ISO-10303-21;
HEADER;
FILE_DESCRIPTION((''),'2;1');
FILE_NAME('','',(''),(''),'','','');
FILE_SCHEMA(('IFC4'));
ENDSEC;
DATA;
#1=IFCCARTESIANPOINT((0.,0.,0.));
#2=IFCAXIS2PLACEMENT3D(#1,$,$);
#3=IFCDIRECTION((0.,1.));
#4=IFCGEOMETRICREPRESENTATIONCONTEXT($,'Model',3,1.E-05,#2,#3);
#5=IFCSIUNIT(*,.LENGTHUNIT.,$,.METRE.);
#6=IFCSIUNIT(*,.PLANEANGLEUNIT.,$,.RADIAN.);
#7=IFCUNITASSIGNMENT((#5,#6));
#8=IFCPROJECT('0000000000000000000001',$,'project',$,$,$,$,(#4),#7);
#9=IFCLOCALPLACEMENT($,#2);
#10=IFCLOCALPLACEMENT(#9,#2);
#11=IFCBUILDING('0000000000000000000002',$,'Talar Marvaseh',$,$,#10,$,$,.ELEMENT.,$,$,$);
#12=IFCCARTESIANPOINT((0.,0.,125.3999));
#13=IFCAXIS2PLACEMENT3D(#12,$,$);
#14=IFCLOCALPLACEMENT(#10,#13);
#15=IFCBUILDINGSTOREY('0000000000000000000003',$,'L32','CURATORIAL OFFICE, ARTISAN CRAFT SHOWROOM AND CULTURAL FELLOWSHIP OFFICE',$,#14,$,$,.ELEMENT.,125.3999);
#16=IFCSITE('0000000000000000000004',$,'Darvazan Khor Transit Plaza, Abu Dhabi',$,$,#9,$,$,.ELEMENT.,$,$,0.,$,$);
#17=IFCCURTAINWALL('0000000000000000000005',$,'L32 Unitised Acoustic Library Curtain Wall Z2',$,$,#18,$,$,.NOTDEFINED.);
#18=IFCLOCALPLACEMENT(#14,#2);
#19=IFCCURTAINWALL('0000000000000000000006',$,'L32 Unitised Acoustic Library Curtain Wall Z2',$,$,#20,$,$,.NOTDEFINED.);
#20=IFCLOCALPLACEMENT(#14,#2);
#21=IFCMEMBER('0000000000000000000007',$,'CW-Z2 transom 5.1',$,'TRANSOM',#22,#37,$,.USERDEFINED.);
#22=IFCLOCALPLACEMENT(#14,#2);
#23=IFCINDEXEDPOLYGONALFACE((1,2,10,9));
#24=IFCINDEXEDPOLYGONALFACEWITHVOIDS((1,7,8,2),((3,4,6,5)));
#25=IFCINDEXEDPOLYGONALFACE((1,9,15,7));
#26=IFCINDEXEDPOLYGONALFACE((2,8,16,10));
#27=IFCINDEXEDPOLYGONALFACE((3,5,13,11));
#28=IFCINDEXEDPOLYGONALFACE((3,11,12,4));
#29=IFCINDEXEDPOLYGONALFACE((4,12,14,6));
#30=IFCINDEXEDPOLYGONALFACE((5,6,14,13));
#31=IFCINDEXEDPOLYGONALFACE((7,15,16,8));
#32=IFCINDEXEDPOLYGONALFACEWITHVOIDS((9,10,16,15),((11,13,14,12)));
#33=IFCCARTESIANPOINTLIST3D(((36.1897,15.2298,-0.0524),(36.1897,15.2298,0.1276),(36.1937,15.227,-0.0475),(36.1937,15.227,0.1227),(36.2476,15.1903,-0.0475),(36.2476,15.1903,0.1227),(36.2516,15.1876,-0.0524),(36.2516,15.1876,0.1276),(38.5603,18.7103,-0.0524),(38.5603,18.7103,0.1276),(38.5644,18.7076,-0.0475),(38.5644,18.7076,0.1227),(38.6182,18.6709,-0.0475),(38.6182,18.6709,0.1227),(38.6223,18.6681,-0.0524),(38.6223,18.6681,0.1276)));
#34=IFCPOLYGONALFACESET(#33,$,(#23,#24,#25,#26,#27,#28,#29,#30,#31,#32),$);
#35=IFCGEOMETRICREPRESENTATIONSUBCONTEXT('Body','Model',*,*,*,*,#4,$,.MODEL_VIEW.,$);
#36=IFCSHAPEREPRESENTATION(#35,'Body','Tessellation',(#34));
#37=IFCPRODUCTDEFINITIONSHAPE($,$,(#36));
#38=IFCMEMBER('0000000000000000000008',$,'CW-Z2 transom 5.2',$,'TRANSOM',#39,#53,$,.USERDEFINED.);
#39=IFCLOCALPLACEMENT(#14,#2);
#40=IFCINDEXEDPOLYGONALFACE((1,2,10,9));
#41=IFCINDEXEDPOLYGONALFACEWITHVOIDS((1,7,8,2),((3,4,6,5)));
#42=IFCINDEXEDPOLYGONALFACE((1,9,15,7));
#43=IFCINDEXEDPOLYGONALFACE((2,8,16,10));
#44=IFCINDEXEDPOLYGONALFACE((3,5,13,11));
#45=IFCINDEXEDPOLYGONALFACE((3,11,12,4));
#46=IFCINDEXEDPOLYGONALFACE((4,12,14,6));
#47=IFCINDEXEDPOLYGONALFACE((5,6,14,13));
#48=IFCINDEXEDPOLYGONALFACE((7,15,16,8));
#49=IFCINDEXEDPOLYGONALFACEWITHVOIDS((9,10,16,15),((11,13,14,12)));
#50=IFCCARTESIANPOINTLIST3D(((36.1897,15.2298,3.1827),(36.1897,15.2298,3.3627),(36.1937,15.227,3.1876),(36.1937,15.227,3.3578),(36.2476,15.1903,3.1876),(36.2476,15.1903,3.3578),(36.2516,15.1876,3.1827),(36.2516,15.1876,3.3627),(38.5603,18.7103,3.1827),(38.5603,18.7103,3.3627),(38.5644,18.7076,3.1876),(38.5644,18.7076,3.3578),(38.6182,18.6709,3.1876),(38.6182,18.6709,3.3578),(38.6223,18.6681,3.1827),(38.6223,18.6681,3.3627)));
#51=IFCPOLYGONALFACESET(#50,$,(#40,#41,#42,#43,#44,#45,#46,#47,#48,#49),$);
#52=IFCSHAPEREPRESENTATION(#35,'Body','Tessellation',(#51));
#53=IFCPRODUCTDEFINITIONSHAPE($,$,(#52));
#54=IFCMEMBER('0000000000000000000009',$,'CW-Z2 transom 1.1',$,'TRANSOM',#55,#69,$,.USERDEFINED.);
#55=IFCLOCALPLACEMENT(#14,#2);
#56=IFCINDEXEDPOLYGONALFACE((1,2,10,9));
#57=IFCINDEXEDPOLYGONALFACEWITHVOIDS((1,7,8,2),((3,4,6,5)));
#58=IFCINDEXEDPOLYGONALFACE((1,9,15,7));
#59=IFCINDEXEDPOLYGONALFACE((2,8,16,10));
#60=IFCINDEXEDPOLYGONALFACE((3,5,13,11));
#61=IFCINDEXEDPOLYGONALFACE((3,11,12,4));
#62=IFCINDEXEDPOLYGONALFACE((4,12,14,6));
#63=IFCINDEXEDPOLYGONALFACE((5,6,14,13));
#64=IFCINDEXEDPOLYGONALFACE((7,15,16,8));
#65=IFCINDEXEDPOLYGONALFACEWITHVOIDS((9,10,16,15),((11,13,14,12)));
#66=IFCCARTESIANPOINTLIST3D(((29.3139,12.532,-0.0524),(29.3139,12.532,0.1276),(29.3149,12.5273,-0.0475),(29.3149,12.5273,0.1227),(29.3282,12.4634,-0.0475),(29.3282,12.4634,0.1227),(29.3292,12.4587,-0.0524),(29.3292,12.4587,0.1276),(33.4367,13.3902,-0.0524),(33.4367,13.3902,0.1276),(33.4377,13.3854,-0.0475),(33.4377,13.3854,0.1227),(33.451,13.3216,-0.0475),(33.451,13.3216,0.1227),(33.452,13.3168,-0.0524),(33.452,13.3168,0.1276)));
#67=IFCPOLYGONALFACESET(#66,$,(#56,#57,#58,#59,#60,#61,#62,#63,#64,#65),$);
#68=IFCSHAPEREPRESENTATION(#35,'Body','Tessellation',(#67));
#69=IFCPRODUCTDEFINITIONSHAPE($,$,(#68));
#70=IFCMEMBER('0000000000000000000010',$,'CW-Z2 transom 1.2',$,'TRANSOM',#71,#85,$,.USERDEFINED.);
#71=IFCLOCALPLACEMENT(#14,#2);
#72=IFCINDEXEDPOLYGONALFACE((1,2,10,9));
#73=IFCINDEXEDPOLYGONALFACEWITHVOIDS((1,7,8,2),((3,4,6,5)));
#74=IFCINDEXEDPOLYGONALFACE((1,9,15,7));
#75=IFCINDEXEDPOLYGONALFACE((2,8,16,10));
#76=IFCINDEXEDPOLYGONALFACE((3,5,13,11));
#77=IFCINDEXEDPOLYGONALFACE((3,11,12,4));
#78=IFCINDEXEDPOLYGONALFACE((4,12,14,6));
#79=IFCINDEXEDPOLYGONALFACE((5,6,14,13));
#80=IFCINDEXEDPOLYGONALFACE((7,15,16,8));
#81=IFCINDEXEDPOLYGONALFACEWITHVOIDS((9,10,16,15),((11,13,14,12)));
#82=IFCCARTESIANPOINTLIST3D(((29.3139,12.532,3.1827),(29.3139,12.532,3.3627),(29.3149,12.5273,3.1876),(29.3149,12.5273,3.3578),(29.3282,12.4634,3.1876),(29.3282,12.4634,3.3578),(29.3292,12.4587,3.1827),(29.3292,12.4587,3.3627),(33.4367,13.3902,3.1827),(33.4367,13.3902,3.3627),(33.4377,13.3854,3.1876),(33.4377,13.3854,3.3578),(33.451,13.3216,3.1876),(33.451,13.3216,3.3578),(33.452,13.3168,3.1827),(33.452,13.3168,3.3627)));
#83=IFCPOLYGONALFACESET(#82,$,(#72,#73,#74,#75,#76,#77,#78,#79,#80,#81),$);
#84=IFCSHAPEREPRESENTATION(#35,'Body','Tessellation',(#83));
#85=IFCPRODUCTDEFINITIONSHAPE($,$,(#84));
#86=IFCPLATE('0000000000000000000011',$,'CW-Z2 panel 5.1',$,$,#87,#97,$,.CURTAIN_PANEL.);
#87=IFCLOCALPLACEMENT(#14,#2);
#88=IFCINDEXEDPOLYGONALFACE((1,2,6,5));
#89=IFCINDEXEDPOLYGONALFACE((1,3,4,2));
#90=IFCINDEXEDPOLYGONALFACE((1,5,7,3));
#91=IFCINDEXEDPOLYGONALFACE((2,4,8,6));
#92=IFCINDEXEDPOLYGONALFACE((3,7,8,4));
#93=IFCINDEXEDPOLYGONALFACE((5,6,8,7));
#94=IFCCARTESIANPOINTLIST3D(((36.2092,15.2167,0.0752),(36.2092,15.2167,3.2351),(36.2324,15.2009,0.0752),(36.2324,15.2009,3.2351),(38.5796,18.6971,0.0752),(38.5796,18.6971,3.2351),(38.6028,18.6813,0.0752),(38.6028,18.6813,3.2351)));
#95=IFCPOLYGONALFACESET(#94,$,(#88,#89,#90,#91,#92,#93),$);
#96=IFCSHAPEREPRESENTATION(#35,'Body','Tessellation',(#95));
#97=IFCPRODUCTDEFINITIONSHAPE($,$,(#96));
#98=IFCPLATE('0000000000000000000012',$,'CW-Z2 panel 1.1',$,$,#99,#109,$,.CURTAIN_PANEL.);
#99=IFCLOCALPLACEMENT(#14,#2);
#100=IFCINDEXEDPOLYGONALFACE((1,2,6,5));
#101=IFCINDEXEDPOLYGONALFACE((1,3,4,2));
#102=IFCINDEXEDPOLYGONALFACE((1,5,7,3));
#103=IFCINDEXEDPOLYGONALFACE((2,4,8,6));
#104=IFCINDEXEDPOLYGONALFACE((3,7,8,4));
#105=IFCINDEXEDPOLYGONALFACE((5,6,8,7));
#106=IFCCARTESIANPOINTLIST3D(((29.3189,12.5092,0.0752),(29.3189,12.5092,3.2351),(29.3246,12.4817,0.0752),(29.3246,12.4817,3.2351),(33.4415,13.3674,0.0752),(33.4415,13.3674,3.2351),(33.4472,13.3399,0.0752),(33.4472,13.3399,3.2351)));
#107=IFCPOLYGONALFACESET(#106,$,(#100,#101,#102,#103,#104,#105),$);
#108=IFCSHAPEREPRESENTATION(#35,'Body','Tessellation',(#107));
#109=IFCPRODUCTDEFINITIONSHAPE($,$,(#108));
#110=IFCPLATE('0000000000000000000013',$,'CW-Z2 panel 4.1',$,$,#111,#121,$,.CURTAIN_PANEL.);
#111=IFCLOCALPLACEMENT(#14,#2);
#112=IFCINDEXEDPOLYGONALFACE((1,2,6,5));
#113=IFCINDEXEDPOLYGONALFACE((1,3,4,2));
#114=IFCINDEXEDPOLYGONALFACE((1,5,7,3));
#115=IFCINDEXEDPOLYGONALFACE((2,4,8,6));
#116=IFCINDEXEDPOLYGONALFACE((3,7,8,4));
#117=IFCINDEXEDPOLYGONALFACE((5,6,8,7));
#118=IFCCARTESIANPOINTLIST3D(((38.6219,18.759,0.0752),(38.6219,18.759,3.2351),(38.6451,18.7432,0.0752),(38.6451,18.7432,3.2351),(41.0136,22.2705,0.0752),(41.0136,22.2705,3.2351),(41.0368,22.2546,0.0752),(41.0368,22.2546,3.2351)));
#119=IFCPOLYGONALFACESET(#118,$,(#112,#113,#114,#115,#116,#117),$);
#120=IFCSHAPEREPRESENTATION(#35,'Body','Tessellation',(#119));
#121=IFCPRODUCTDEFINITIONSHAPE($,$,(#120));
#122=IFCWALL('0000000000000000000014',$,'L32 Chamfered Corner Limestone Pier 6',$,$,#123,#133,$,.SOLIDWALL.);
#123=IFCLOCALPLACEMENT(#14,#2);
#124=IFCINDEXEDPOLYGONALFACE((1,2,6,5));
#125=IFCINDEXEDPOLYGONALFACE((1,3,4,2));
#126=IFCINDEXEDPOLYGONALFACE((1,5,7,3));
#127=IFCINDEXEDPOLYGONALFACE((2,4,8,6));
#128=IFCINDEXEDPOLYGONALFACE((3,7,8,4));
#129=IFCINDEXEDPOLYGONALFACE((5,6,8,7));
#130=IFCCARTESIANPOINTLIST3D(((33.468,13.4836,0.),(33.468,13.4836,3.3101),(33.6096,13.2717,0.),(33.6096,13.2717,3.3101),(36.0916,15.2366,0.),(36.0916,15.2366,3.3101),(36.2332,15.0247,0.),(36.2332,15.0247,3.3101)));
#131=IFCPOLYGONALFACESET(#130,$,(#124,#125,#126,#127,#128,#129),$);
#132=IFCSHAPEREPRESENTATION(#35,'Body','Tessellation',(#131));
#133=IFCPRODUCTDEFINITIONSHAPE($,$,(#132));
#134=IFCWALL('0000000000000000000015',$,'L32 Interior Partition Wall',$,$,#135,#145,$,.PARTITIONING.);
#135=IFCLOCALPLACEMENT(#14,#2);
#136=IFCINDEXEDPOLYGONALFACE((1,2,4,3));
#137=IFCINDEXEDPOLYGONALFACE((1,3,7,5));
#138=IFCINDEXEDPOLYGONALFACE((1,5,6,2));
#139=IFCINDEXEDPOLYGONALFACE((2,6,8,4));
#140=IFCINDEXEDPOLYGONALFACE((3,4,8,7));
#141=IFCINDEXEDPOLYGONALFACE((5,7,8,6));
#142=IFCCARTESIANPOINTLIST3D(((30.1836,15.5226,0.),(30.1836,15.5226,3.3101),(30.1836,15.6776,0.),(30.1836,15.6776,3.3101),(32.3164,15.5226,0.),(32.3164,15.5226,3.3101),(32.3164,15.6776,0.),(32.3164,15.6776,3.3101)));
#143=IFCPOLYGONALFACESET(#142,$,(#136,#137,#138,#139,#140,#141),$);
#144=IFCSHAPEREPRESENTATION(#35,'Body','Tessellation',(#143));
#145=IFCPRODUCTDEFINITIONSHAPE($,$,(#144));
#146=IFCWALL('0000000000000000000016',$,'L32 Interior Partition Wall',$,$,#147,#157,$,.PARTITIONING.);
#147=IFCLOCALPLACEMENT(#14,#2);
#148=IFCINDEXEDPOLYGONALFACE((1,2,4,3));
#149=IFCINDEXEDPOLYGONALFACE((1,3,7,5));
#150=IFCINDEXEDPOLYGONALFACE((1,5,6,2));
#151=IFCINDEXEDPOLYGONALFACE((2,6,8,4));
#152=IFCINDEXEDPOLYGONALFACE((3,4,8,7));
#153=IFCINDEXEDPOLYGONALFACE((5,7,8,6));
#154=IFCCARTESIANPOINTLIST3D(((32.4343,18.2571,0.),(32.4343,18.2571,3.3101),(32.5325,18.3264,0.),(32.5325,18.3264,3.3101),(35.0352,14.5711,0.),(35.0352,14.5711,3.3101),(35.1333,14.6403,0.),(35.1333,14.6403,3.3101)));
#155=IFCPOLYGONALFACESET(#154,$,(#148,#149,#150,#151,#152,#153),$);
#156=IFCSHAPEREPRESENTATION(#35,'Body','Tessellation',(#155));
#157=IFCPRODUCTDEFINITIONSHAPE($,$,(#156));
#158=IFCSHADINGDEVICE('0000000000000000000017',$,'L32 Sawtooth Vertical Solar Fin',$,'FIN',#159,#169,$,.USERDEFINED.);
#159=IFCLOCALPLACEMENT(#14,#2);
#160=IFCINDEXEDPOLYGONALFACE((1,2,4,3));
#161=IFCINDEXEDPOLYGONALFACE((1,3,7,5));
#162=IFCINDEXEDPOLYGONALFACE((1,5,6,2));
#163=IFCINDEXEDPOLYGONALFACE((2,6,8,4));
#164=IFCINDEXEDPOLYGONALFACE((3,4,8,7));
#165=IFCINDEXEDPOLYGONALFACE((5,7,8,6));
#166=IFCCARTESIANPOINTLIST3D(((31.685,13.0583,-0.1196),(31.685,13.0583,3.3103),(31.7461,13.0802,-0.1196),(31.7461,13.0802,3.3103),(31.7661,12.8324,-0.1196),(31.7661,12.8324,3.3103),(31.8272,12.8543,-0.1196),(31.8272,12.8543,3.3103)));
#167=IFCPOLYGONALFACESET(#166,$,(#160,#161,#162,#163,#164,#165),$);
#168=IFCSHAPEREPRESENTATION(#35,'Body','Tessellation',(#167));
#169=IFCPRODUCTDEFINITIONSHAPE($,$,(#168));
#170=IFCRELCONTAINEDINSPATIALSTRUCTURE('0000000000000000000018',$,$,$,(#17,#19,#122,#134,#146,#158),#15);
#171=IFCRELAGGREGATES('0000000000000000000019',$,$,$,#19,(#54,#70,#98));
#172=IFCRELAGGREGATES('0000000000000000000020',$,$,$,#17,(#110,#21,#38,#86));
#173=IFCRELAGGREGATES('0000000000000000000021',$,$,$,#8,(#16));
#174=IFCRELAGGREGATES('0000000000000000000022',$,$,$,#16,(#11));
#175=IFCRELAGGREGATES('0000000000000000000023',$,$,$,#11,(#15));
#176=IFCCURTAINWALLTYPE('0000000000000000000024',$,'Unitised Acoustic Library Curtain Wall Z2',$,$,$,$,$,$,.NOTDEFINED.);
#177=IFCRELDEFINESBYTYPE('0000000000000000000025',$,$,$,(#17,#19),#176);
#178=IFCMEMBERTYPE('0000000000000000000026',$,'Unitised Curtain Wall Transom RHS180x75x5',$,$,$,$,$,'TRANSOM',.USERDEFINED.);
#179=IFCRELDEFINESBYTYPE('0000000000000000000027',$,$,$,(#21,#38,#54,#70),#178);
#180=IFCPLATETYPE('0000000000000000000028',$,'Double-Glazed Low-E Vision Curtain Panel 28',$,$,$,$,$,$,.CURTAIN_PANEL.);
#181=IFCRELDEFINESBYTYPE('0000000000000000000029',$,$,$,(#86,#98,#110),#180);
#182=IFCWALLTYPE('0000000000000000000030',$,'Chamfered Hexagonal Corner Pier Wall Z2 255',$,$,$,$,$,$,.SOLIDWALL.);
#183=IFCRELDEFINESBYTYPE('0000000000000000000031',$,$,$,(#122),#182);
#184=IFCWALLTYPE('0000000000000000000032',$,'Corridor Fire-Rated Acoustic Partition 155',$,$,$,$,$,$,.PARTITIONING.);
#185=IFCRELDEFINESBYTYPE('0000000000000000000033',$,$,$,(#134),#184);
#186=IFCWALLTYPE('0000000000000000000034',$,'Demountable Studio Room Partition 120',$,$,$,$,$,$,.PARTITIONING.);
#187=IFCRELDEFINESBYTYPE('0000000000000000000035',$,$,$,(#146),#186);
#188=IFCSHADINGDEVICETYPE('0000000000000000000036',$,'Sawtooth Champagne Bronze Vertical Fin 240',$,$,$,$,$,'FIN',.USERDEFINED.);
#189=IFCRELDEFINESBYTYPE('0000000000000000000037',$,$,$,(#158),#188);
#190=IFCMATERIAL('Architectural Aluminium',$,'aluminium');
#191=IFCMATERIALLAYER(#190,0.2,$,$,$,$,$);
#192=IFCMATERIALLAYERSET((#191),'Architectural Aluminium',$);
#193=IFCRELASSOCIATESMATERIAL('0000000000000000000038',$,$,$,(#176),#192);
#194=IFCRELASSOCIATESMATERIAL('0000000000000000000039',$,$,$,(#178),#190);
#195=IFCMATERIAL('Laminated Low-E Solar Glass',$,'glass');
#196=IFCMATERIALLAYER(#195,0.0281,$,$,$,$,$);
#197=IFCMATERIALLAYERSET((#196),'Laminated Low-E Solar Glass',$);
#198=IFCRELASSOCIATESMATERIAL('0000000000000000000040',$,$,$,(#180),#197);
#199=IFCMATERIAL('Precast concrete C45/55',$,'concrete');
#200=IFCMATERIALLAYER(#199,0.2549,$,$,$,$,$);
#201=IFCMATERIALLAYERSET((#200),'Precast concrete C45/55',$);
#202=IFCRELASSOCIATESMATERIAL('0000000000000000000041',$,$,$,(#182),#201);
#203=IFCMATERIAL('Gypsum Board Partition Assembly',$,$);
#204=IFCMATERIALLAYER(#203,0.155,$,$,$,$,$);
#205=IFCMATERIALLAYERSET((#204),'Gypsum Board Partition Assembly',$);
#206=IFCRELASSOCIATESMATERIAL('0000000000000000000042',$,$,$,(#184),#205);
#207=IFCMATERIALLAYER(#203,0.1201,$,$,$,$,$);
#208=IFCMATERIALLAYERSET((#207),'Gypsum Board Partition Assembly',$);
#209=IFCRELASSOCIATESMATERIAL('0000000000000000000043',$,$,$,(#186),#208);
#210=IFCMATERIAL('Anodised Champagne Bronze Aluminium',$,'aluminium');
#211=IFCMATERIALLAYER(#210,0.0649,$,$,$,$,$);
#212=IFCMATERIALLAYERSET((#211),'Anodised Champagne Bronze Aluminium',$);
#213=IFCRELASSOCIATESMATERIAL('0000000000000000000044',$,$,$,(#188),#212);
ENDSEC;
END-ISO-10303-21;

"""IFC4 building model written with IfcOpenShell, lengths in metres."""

from ifc_helpers import new_model, si_unit, direction, frame, frame_2d, origin, origin_2d, place, context, subcontext, project, spatial, rectangle, hollow_rectangle, extrude, source, transform, mapped, material, layer, layer_set, material_profile, profile_set, type_object, type_shapes, element, aggregate, save


model = new_model("IFC4")

# Units and contexts
model_context = context("Model", 3, precision=1e-05, world=origin(), true_north=direction((0.0, 1.0)))
body_context = subcontext(model_context, "Body", "Model", "MODEL_VIEW")
ifc_project = project(units=[si_unit("LENGTHUNIT", "METRE"), si_unit("PLANEANGLEUNIT", "RADIAN")], contexts=[model_context])

# Site, building, storey
site_placement = place(None, origin())
site = spatial("IfcSite", under=ifc_project, at=site_placement, Name="Darvazan Khor Transit Plaza, Abu Dhabi", CompositionType="ELEMENT", RefElevation=0.0)
building_placement = place(site_placement, origin())
building = spatial("IfcBuilding", under=site, at=building_placement, Name="Talar Marvaseh", CompositionType="ELEMENT")
storey_placement = place(building_placement, frame((0.0, 0.0, 125.3999)))
storey = spatial("IfcBuildingStorey", under=building, at=storey_placement, Name="L32", Description="CURATORIAL OFFICE, ARTISAN CRAFT SHOWROOM AND CULTURAL FELLOWSHIP OFFICE", CompositionType="ELEMENT", Elevation=125.3999)

# Curtain wall
ifc_material_1 = material(Name="Architectural Aluminium", Category="aluminium")
ifc_layer_1 = layer(ifc_material_1, 0.2)
ifc_layer_set_1 = layer_set([ifc_layer_1], Name="Architectural Aluminium")
curtain_wall_type = type_object("IfcCurtainWallType", Name="Unitised Acoustic Library Curtain Wall Z2", PredefinedType="NOTDEFINED", material=ifc_layer_set_1)
curtain_wall_1_placement = place(storey_placement, origin())
curtain_wall_1 = element("IfcCurtainWall", 1, at=curtain_wall_1_placement, inside=storey, type_object=curtain_wall_type, Name="L32 Unitised Acoustic Library Curtain Wall Z2", PredefinedType="NOTDEFINED")

# Curtain wall
curtain_wall_2_placement = place(storey_placement, origin())
curtain_wall_2 = element("IfcCurtainWall", 2, at=curtain_wall_2_placement, inside=storey, type_object=curtain_wall_type, Name="L32 Unitised Acoustic Library Curtain Wall Z2", PredefinedType="NOTDEFINED")

# Members
ifc_material_profile_1 = material_profile(ifc_material_1, hollow_rectangle(XDim=0.075, YDim=0.1799, WallThickness=0.0049, at=origin_2d()), Name="RHS180x75x5")
ifc_profile_set_1 = profile_set([ifc_material_profile_1], Name="Architectural Aluminium")
member_type_1 = type_object("IfcMemberType", Name="Unitised Curtain Wall Transom RHS180x75x5", ElementType="TRANSOM", PredefinedType="USERDEFINED", material=ifc_profile_set_1)
shared_shape_1 = source(origin(), body_context, "Body", "SweptSolid", [
    extrude(hollow_rectangle(XDim=0.075, YDim=0.1799, WallThickness=0.0049, at=origin_2d()), origin(), (0.0, 0.0, 1.0), 4.2112),
])
type_shapes(member_type_1, [shared_shape_1])
member_1_placement = place(storey_placement, frame((38.5913, 18.6892, 0.0376), z_axis=(-0.562941, -0.826497, 0.0), x_axis=(0.826497, -0.562941, 0.0)))
member_1 = element("IfcMember", 3, at=member_1_placement, type_object=member_type_1, Name="CW-Z2 transom 5.1", ObjectType="TRANSOM", PredefinedType="USERDEFINED", context=body_context, shape_type="MappedRepresentation", body=[
    mapped(shared_shape_1, transform((0.0, 0.0, 0.0), x_axis=(1.0, 0.0, 0.0), y_axis=(0.0, 1.0, 0.0), z_axis=(0.0, 0.0, 1.0), scale=1.0)),
])
member_2_placement = place(storey_placement, frame((38.5913, 18.6892, 3.2727), z_axis=(-0.562941, -0.826497, 0.0), x_axis=(0.826497, -0.562941, 0.0)))
member_2 = element("IfcMember", 4, at=member_2_placement, type_object=member_type_1, Name="CW-Z2 transom 5.2", ObjectType="TRANSOM", PredefinedType="USERDEFINED", context=body_context, shape_type="MappedRepresentation", body=[
    mapped(shared_shape_1, transform((0.0, 0.0, 0.0), x_axis=(1.0, 0.0, 0.0), y_axis=(0.0, 1.0, 0.0), z_axis=(0.0, 0.0, 1.0), scale=1.0)),
])
member_3_placement = place(storey_placement, frame((33.4443, 13.3535, 0.0376), z_axis=(-0.979017, -0.203781, 0.0), x_axis=(0.203781, -0.979017, 0.0)))
member_3 = element("IfcMember", 5, at=member_3_placement, type_object=member_type_1, Name="CW-Z2 transom 1.1", ObjectType="TRANSOM", PredefinedType="USERDEFINED", context=body_context, shape_type="MappedRepresentation", body=[
    mapped(shared_shape_1, transform((0.0, 0.0, 0.0), x_axis=(1.0, 0.0, 0.0), y_axis=(0.0, 1.0, 0.0), z_axis=(0.0, 0.0, 1.0), scale=1.0)),
])
member_4_placement = place(storey_placement, frame((33.4443, 13.3535, 3.2727), z_axis=(-0.979017, -0.203781, 0.0), x_axis=(0.203781, -0.979017, 0.0)))
member_4 = element("IfcMember", 6, at=member_4_placement, type_object=member_type_1, Name="CW-Z2 transom 1.2", ObjectType="TRANSOM", PredefinedType="USERDEFINED", context=body_context, shape_type="MappedRepresentation", body=[
    mapped(shared_shape_1, transform((0.0, 0.0, 0.0), x_axis=(1.0, 0.0, 0.0), y_axis=(0.0, 1.0, 0.0), z_axis=(0.0, 0.0, 1.0), scale=1.0)),
])

# Plates
ifc_material_2 = material(Name="Laminated Low-E Solar Glass", Category="glass")
ifc_layer_2 = layer(ifc_material_2, 0.0281)
ifc_layer_set_2 = layer_set([ifc_layer_2], Name="Laminated Low-E Solar Glass")
plate_type = type_object("IfcPlateType", Name="Double-Glazed Low-E Vision Curtain Panel 28", PredefinedType="CURTAIN_PANEL", material=ifc_layer_set_2)
shared_shape_2 = source(origin(), body_context, "Body", "SweptSolid", [
    extrude(rectangle(XDim=4.2109, YDim=0.0281, at=origin_2d()), origin(), (0.0, 0.0, 1.0), 3.1599),
])
plate_1_placement = place(storey_placement, frame((37.406, 16.949, 0.0752), z_axis=(0.0, 0.0, 1.0), x_axis=(-0.562931, -0.826504, 0.0)))
plate_1 = element("IfcPlate", 7, at=plate_1_placement, type_object=plate_type, Name="CW-Z2 panel 5.1", PredefinedType="CURTAIN_PANEL", context=body_context, shape_type="MappedRepresentation", body=[
    mapped(shared_shape_2, transform((0.0, 0.0, 0.0), x_axis=(1.0, 0.0, 0.0), y_axis=(0.0, 1.0, 0.0), z_axis=(0.0, 0.0, 1.0), scale=1.0)),
])
plate_2_placement = place(storey_placement, frame((31.3831, 12.9246, 0.0752), z_axis=(0.0, 0.0, 1.0), x_axis=(-0.979014, -0.203792, 0.0)))
plate_2 = element("IfcPlate", 8, at=plate_2_placement, type_object=plate_type, Name="CW-Z2 panel 1.1", PredefinedType="CURTAIN_PANEL", context=body_context, shape_type="MappedRepresentation", body=[
    mapped(shared_shape_2, transform((0.0, 0.0, 0.0), x_axis=(1.0, 0.0, 0.0), y_axis=(0.0, 1.0, 0.0), z_axis=(0.0, 0.0, 1.0), scale=1.0)),
])
aggregate(curtain_wall_2, [member_3, member_4, plate_2])
shared_shape_3 = source(origin(), body_context, "Body", "SweptSolid", [
    extrude(rectangle(XDim=4.2485, YDim=0.0281, at=origin_2d()), origin(), (0.0, 0.0, 1.0), 3.1599),
])
type_shapes(plate_type, [shared_shape_2, shared_shape_3])
plate_3_placement = place(storey_placement, frame((39.8293, 20.5068, 0.0752), z_axis=(0.0, 0.0, 1.0), x_axis=(-0.562931, -0.826504, 0.0)))
plate_3 = element("IfcPlate", 9, at=plate_3_placement, type_object=plate_type, Name="CW-Z2 panel 4.1", PredefinedType="CURTAIN_PANEL", context=body_context, shape_type="MappedRepresentation", body=[
    mapped(shared_shape_3, transform((0.0, 0.0, 0.0), x_axis=(1.0, 0.0, 0.0), y_axis=(0.0, 1.0, 0.0), z_axis=(0.0, 0.0, 1.0), scale=1.0)),
])
aggregate(curtain_wall_1, [plate_3, member_1, member_2, plate_1])

# Walls
ifc_material_3 = material(Name="Precast concrete C45/55", Category="concrete")
ifc_layer_3 = layer(ifc_material_3, 0.2549)
ifc_layer_set_3 = layer_set([ifc_layer_3], Name="Precast concrete C45/55")
wall_type_1 = type_object("IfcWallType", Name="Chamfered Hexagonal Corner Pier Wall Z2 255", PredefinedType="SOLIDWALL", material=ifc_layer_set_3)
wall_1_placement = place(storey_placement, frame((36.1624, 15.1306, 0.0), z_axis=(0.0, 0.0, 1.0), x_axis=(-0.831478, -0.555557, 0.0)))
element("IfcWall", 10, at=wall_1_placement, inside=storey, type_object=wall_type_1, Name="L32 Chamfered Corner Limestone Pier 6", PredefinedType="SOLIDWALL", context=body_context, shape_type="SweptSolid", body=[
    extrude(rectangle(XDim=3.1553, YDim=0.2549, at=frame_2d((1.5776, 0.0))), origin(), (0.0, 0.0, 1.0), 3.3101),
])
ifc_material_4 = material(Name="Gypsum Board Partition Assembly")
ifc_layer_4 = layer(ifc_material_4, 0.155)
ifc_layer_set_4 = layer_set([ifc_layer_4], Name="Gypsum Board Partition Assembly")
wall_type_2 = type_object("IfcWallType", Name="Corridor Fire-Rated Acoustic Partition 155", PredefinedType="PARTITIONING", material=ifc_layer_set_4)
wall_2_placement = place(storey_placement, frame((32.3164, 15.6001, 0.0), z_axis=(0.0, 0.0, 1.0), x_axis=(-1.0, 0.0, 0.0)))
element("IfcWall", 11, at=wall_2_placement, inside=storey, type_object=wall_type_2, Name="L32 Interior Partition Wall", PredefinedType="PARTITIONING", context=body_context, shape_type="SweptSolid", body=[
    extrude(rectangle(XDim=2.1328, YDim=0.155, at=frame_2d((1.0664, 0.0))), origin(), (0.0, 0.0, 1.0), 3.3101),
])
ifc_layer_5 = layer(ifc_material_4, 0.1201)
ifc_layer_set_5 = layer_set([ifc_layer_5], Name="Gypsum Board Partition Assembly")
wall_type_3 = type_object("IfcWallType", Name="Demountable Studio Room Partition 120", PredefinedType="PARTITIONING", material=ifc_layer_set_5)
wall_3_placement = place(storey_placement, frame((32.4834, 18.2917, 0.0), z_axis=(0.0, 0.0, 1.0), x_axis=(0.576524, -0.81708, 0.0)))
element("IfcWall", 12, at=wall_3_placement, inside=storey, type_object=wall_type_3, Name="L32 Interior Partition Wall", PredefinedType="PARTITIONING", context=body_context, shape_type="SweptSolid", body=[
    extrude(rectangle(XDim=4.5112, YDim=0.1201, at=frame_2d((2.2556, 0.0))), origin(), (0.0, 0.0, 1.0), 3.3101),
])

# Shading device
ifc_material_5 = material(Name="Anodised Champagne Bronze Aluminium", Category="aluminium")
ifc_layer_6 = layer(ifc_material_5, 0.0649)
ifc_layer_set_6 = layer_set([ifc_layer_6], Name="Anodised Champagne Bronze Aluminium")
shading_device_type = type_object("IfcShadingDeviceType", Name="Sawtooth Champagne Bronze Vertical Fin 240", ElementType="FIN", PredefinedType="USERDEFINED", material=ifc_layer_set_6)
shared_shape_4 = source(origin(), body_context, "Body", "SweptSolid", [
    extrude(rectangle(XDim=0.24, YDim=0.0649, at=origin_2d()), origin(), (0.0, 0.0, 1.0), 3.4299),
])
type_shapes(shading_device_type, [shared_shape_4])
shading_device_placement = place(storey_placement, frame((31.7561, 12.9563, -0.1196), z_axis=(0.0, 0.0, 1.0), x_axis=(0.338081, -0.941117, 0.0)))
element("IfcShadingDevice", 13, at=shading_device_placement, inside=storey, type_object=shading_device_type, Name="L32 Sawtooth Vertical Solar Fin", ObjectType="FIN", PredefinedType="USERDEFINED", context=body_context, shape_type="MappedRepresentation", body=[
    mapped(shared_shape_4, transform((0.0, 0.0, 0.0), x_axis=(1.0, 0.0, 0.0), y_axis=(0.0, 1.0, 0.0), z_axis=(0.0, 0.0, 1.0), scale=1.0)),
])

save(model, "model.ifc")
